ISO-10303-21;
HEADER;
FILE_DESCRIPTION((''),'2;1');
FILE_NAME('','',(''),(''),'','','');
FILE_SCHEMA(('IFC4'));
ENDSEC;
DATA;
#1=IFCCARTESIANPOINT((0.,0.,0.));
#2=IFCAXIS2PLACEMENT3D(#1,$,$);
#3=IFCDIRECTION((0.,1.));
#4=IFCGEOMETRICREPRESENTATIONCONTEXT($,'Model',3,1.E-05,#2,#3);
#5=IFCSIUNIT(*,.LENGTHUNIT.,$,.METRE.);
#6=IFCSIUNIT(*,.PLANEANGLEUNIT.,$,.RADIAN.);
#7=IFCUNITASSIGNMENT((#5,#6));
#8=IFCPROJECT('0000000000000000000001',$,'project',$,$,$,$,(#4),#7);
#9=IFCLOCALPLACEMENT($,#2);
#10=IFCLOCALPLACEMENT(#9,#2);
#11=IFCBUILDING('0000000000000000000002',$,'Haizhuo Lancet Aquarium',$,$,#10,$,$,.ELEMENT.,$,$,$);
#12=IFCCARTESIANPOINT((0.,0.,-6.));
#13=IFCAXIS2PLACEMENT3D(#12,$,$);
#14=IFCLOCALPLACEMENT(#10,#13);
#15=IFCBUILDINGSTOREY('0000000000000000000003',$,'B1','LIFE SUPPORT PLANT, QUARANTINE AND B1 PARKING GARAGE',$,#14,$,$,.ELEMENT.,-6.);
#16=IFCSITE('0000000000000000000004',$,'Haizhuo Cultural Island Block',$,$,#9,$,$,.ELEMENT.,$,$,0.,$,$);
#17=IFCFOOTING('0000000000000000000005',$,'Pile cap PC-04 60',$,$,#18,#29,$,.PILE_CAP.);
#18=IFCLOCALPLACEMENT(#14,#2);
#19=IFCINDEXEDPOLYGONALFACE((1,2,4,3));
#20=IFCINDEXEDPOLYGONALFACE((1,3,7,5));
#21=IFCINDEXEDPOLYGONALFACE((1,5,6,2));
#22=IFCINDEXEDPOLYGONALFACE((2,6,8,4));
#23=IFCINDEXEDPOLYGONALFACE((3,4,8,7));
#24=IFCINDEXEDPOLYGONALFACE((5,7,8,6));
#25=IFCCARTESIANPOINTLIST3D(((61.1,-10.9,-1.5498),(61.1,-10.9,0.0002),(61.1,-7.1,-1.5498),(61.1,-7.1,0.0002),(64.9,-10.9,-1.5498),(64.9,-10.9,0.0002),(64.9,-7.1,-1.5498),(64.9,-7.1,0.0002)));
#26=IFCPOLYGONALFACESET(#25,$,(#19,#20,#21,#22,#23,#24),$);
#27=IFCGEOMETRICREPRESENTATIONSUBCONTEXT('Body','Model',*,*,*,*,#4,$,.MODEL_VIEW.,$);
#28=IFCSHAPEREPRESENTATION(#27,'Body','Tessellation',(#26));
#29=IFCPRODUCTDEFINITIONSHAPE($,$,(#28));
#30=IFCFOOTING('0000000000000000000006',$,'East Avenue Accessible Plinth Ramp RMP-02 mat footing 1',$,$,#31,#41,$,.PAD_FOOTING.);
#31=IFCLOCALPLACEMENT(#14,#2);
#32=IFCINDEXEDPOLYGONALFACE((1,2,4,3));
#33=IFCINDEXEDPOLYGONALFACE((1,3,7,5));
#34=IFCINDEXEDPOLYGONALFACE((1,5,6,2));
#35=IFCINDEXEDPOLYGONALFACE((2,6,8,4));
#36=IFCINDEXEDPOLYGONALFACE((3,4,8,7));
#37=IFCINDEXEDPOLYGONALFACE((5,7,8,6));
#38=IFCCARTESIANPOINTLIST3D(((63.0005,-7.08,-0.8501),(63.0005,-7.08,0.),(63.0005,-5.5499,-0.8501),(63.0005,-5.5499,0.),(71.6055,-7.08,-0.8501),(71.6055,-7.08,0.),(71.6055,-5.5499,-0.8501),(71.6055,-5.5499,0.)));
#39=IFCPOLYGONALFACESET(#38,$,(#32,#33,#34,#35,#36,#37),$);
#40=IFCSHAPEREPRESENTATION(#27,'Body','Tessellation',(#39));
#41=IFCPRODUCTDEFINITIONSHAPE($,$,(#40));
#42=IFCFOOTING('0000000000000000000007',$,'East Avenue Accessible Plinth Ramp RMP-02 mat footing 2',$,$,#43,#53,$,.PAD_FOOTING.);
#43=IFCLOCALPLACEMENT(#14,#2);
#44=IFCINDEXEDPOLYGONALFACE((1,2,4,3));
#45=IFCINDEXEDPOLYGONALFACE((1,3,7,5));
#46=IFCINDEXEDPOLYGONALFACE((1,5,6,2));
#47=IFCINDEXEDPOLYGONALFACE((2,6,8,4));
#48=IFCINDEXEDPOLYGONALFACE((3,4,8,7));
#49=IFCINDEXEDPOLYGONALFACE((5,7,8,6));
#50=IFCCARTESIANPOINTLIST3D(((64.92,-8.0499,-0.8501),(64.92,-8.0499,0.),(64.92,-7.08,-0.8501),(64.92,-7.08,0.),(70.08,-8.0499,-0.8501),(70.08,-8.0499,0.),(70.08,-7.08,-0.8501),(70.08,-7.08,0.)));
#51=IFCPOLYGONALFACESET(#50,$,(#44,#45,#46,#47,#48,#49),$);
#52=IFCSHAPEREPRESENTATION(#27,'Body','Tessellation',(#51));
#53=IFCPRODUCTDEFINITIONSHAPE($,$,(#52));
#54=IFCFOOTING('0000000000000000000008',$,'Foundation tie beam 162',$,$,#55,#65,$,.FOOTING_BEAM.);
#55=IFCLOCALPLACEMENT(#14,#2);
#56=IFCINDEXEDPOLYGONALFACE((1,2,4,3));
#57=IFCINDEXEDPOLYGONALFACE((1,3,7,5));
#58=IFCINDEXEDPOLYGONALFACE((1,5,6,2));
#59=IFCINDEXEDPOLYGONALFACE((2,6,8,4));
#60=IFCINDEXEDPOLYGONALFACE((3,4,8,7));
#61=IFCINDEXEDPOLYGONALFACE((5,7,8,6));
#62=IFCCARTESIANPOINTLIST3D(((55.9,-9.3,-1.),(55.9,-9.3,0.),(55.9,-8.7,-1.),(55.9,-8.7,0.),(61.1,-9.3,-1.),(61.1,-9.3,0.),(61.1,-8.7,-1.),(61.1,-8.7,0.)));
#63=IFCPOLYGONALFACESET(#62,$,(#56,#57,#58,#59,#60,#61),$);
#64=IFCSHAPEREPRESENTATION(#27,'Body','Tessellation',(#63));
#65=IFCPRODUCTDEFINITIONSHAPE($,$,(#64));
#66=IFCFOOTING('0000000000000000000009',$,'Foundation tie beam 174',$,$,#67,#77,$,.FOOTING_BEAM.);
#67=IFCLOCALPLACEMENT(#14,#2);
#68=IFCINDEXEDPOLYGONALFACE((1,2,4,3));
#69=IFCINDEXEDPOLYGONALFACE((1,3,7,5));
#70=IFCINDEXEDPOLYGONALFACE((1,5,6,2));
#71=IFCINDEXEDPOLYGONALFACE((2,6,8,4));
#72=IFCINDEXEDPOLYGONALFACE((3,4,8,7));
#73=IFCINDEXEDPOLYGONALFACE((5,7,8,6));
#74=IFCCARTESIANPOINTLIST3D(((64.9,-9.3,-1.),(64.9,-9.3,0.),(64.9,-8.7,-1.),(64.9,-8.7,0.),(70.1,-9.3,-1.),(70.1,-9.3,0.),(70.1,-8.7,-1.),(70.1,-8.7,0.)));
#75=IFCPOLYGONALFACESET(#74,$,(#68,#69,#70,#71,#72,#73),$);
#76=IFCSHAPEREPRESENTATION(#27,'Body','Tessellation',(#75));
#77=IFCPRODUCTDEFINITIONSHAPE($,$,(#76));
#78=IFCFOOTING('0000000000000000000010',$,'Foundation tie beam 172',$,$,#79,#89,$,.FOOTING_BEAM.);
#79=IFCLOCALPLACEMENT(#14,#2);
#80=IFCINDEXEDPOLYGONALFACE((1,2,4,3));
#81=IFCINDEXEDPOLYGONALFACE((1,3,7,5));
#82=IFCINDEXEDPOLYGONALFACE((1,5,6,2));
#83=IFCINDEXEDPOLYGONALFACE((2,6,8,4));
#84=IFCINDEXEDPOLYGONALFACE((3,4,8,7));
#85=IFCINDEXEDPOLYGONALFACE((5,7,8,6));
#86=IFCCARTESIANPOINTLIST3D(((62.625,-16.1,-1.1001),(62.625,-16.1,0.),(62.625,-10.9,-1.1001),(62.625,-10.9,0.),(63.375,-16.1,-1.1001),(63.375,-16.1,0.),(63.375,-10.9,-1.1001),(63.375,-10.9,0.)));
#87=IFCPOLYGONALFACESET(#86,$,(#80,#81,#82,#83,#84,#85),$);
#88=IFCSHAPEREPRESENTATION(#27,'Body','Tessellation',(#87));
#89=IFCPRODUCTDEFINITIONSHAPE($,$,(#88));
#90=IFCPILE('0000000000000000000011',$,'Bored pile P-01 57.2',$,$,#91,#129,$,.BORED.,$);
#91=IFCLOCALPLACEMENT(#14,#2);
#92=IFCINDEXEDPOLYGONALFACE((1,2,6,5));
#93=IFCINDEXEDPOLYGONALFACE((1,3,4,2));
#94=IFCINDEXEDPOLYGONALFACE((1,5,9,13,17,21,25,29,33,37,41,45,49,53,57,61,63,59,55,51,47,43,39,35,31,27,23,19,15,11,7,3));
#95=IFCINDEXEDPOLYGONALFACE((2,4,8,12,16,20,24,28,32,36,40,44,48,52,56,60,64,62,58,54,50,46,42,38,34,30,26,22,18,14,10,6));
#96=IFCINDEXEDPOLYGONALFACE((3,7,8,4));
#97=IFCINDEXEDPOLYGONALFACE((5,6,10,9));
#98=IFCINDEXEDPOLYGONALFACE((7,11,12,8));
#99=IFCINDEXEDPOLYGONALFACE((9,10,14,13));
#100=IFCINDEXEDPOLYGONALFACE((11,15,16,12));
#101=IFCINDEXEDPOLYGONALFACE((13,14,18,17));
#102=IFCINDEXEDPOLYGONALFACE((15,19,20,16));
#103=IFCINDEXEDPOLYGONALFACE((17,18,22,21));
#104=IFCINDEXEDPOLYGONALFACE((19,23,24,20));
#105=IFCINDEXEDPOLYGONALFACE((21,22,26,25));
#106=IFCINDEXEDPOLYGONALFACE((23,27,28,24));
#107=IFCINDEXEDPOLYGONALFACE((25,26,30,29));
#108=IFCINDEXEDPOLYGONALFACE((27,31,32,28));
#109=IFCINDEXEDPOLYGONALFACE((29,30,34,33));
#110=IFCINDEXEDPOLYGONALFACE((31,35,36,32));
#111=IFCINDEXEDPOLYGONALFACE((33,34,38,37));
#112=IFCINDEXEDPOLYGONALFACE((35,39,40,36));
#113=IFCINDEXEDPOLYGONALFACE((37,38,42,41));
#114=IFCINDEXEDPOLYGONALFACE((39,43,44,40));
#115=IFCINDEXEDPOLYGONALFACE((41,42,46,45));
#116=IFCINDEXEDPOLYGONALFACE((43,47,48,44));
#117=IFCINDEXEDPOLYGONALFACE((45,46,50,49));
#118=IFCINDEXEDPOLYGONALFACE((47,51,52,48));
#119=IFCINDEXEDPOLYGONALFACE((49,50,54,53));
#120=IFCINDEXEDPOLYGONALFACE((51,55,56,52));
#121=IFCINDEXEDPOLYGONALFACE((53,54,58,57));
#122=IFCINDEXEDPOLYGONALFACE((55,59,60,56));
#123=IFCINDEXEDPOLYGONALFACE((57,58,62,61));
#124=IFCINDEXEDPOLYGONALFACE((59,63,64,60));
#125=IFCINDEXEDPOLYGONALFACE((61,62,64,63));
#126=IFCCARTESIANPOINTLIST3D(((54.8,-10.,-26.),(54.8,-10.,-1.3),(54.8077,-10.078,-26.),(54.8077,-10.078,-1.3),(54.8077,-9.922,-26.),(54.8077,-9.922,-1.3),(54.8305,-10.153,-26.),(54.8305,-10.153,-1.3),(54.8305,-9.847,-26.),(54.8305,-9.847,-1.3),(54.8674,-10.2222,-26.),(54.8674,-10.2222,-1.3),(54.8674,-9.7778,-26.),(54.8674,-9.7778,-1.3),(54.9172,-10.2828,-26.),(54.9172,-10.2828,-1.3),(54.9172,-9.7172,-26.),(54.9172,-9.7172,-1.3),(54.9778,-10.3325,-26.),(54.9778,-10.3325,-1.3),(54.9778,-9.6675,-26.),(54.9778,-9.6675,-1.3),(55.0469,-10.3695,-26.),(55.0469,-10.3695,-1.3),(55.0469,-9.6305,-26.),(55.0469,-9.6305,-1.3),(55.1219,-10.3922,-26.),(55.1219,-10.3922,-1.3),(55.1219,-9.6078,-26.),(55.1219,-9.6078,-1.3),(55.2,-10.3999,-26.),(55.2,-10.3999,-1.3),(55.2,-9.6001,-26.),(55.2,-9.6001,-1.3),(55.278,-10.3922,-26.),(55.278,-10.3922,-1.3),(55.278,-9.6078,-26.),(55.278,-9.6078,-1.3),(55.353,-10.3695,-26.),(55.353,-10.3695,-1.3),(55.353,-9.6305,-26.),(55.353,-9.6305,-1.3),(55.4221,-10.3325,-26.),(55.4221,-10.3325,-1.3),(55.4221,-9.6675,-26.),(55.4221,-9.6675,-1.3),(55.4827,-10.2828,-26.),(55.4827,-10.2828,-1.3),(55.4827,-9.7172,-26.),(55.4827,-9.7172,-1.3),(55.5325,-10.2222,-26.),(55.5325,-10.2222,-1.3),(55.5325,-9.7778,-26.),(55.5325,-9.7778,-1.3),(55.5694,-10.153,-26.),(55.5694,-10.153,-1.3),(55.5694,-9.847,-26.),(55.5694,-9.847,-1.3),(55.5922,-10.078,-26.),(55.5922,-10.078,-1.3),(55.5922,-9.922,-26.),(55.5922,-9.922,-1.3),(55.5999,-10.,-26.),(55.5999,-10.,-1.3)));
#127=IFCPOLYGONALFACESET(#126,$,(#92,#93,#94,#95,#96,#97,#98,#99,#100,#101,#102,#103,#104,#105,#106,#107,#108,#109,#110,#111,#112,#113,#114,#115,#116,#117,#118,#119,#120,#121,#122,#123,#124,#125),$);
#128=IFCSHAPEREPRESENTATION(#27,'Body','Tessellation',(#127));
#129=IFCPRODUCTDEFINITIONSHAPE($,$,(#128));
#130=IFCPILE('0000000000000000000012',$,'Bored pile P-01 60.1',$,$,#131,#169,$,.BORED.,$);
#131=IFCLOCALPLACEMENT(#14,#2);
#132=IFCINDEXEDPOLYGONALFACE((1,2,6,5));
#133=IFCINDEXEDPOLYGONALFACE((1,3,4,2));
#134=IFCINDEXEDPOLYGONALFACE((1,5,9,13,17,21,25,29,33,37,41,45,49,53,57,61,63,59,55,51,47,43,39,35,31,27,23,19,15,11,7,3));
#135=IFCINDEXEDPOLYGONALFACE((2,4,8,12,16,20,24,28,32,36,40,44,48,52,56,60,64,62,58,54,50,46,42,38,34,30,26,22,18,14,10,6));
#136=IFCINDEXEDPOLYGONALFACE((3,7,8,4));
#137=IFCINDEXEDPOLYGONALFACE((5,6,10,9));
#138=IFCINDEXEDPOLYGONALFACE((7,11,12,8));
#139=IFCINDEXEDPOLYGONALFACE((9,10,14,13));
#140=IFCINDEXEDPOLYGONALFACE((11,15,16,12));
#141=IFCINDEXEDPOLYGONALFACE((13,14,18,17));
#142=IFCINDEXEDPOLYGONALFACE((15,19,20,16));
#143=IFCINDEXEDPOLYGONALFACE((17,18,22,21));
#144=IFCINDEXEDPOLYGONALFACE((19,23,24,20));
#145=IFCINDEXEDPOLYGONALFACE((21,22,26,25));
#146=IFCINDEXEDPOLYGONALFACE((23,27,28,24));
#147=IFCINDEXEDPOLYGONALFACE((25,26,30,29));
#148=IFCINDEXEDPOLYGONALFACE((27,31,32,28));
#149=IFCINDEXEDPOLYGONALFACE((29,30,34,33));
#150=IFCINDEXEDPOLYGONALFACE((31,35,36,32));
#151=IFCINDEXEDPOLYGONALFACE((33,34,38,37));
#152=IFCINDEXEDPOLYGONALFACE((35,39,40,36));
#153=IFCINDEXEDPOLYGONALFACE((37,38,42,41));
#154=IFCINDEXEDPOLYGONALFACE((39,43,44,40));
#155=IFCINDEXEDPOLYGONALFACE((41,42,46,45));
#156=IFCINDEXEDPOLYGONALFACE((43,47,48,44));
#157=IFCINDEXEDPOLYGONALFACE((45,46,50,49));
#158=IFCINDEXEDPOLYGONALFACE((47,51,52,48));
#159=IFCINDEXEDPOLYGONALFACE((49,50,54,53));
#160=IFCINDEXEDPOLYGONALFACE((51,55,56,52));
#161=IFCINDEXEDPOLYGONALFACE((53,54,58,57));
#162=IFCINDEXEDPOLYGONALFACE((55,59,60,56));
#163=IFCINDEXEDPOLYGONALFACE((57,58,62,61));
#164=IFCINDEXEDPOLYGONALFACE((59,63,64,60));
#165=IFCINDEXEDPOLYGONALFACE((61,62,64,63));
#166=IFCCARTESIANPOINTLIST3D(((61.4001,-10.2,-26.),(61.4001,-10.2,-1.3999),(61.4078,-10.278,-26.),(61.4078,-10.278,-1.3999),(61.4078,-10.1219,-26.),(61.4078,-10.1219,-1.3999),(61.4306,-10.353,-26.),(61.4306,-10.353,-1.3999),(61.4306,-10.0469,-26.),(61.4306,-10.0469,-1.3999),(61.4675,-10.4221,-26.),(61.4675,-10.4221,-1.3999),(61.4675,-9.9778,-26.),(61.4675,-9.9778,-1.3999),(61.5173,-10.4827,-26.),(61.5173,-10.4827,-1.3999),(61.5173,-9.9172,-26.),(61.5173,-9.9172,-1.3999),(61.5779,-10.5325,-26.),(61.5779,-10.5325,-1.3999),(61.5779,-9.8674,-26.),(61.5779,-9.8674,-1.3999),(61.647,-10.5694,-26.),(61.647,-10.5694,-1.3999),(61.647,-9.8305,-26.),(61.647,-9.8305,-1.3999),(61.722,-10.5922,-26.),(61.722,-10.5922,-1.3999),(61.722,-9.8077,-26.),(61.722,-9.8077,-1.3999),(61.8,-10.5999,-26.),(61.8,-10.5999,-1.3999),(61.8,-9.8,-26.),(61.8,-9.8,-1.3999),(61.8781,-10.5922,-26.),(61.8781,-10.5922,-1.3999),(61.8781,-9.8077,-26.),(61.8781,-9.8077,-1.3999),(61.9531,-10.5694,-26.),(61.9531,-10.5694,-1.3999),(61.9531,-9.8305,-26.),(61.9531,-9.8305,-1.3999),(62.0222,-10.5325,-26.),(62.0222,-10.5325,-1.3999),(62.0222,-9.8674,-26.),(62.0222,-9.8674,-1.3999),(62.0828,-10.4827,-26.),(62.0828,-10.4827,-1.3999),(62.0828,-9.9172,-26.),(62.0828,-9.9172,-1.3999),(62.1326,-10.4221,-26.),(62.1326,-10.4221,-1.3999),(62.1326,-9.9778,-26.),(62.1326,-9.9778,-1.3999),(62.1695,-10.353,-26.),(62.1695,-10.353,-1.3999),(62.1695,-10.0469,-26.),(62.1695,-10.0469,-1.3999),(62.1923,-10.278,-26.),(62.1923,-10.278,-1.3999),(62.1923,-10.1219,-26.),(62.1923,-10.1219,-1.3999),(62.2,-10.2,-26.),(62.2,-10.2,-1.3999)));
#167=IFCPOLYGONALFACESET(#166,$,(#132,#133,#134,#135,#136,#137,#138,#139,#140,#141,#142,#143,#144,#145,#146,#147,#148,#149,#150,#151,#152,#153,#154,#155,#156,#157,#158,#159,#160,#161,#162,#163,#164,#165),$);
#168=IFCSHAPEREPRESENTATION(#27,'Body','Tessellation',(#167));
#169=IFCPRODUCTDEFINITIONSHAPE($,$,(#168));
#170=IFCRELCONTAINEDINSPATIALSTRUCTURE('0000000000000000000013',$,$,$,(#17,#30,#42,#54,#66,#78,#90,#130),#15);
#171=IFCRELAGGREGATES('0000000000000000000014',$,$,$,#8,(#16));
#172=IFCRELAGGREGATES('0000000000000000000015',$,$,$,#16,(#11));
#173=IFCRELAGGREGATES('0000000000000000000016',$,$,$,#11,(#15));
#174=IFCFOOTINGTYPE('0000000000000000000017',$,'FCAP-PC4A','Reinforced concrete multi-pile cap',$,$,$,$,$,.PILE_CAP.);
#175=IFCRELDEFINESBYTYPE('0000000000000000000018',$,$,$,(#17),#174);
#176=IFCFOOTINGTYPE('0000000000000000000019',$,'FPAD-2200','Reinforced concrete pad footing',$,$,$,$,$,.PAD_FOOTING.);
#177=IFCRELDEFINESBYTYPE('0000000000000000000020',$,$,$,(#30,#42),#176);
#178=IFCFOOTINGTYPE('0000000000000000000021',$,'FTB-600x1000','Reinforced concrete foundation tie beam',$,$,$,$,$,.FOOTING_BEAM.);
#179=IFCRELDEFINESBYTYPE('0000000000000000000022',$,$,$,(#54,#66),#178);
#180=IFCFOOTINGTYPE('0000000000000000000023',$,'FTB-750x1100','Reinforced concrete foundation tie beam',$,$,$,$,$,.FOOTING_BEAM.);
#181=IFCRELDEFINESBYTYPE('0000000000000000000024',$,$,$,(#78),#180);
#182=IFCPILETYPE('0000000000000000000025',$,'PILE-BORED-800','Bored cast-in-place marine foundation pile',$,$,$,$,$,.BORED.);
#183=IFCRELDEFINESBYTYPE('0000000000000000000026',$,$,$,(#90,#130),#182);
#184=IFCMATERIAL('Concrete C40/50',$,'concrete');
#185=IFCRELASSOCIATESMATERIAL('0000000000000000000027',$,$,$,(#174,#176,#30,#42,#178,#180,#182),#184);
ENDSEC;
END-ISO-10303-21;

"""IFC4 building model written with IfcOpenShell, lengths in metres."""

from ifc_helpers import new_model, si_unit, direction, frame, origin, origin_2d, place, context, subcontext, project, spatial, rectangle, circle, extrude, material, material_profile, profile_set, type_object, element, save


model = new_model("IFC4")

# Units and contexts
model_context = context("Model", 3, precision=1e-05, world=origin(), true_north=direction((0.0, 1.0)))
body_context = subcontext(model_context, "Body", "Model", "MODEL_VIEW")
ifc_project = project(units=[si_unit("LENGTHUNIT", "METRE"), si_unit("PLANEANGLEUNIT", "RADIAN")], contexts=[model_context])

# Site, building, storey
site_placement = place(None, origin())
site = spatial("IfcSite", under=ifc_project, at=site_placement, Name="Haizhuo Cultural Island Block", CompositionType="ELEMENT", RefElevation=0.0)
building_placement = place(site_placement, origin())
building = spatial("IfcBuilding", under=site, at=building_placement, Name="Haizhuo Lancet Aquarium", CompositionType="ELEMENT")
storey_placement = place(building_placement, frame((0.0, 0.0, -6.0)))
storey = spatial("IfcBuildingStorey", under=building, at=storey_placement, Name="B1", Description="LIFE SUPPORT PLANT, QUARANTINE AND B1 PARKING GARAGE", CompositionType="ELEMENT", Elevation=-6.0)

# Footings
ifc_material_1 = material(Name="Concrete C40/50", Category="concrete")
footing_type_1 = type_object("IfcFootingType", Name="FCAP-PC4A", Description="Reinforced concrete multi-pile cap", PredefinedType="PILE_CAP", material=ifc_material_1)
footing_1_placement = place(storey_placement, frame((63.0, -9.0, -1.5498), z_axis=(0.0, 0.0, 1.0), x_axis=(1.0, 0.0, 0.0)))
element("IfcFooting", 1, at=footing_1_placement, inside=storey, type_object=footing_type_1, Name="Pile cap PC-04 60", PredefinedType="PILE_CAP", context=body_context, shape_type="SweptSolid", body=[
    extrude(rectangle(XDim=3.8, YDim=3.8, at=origin_2d()), origin(), (0.0, 0.0, 1.0), 1.55),
])
footing_type_2 = type_object("IfcFootingType", Name="FPAD-2200", Description="Reinforced concrete pad footing", PredefinedType="PAD_FOOTING", material=ifc_material_1)
footing_2_placement = place(storey_placement, frame((67.303, -6.3149, -0.8501), z_axis=(0.0, 0.0, 1.0), x_axis=(1.0, 0.0, 0.0)))
element("IfcFooting", 2, at=footing_2_placement, inside=storey, type_object=footing_type_2, material=ifc_material_1, Name="East Avenue Accessible Plinth Ramp RMP-02 mat footing 1", PredefinedType="PAD_FOOTING", context=body_context, shape_type="SweptSolid", body=[
    extrude(rectangle(XDim=8.605, YDim=1.53, at=origin_2d()), origin(), (0.0, 0.0, 1.0), 0.8501),
])
footing_3_placement = place(storey_placement, frame((67.5, -7.5649, -0.8501), z_axis=(0.0, 0.0, 1.0), x_axis=(1.0, 0.0, 0.0)))
element("IfcFooting", 3, at=footing_3_placement, inside=storey, type_object=footing_type_2, material=ifc_material_1, Name="East Avenue Accessible Plinth Ramp RMP-02 mat footing 2", PredefinedType="PAD_FOOTING", context=body_context, shape_type="SweptSolid", body=[
    extrude(rectangle(XDim=5.1599, YDim=0.97, at=origin_2d()), origin(), (0.0, 0.0, 1.0), 0.8501),
])
footing_type_3 = type_object("IfcFootingType", Name="FTB-600x1000", Description="Reinforced concrete foundation tie beam", PredefinedType="FOOTING_BEAM", material=ifc_material_1)
for number, where, z_axis, x_axis, name in (
    (4, (58.5, -9.0, -1.0), (0.0, 0.0, 1.0), (1.0, 0.0, 0.0), "Foundation tie beam 162"),
    (5, (67.5, -9.0, -1.0), (0.0, 0.0, 1.0), (1.0, 0.0, 0.0), "Foundation tie beam 174"),
):
    element("IfcFooting", number, at=place(storey_placement, frame(where, z_axis=z_axis, x_axis=x_axis)), inside=storey, type_object=footing_type_3, Name=name, PredefinedType="FOOTING_BEAM", context=body_context, shape_type="SweptSolid", body=[
        extrude(rectangle(XDim=5.2, YDim=0.6001, at=origin_2d()), origin(), (0.0, 0.0, 1.0), 1.0),
    ])
footing_type_4 = type_object("IfcFootingType", Name="FTB-750x1100", Description="Reinforced concrete foundation tie beam", PredefinedType="FOOTING_BEAM", material=ifc_material_1)
footing_4_placement = place(storey_placement, frame((63.0, -13.5, -1.1001), z_axis=(0.0, 0.0, 1.0), x_axis=(0.0, 1.0, 0.0)))
element("IfcFooting", 6, at=footing_4_placement, inside=storey, type_object=footing_type_4, Name="Foundation tie beam 172", PredefinedType="FOOTING_BEAM", context=body_context, shape_type="SweptSolid", body=[
    extrude(rectangle(XDim=5.2, YDim=0.75, at=origin_2d()), origin(), (0.0, 0.0, 1.0), 1.1001),
])

# Piles
ifc_material_profile_1 = material_profile(ifc_material_1, circle(Radius=0.3999, at=origin_2d()), Name="PILE-800")
ifc_profile_set_1 = profile_set([ifc_material_profile_1], Name="Concrete C40/50")
pile_type = type_object("IfcPileType", Name="PILE-BORED-800", Description="Bored cast-in-place marine foundation pile", PredefinedType="BORED", material=ifc_profile_set_1)
pile_1_placement = place(storey_placement, frame((55.2, -10.0, -1.3), z_axis=(0.0, 0.0, -1.0), x_axis=(1.0, 0.0, 0.0)))
element("IfcPile", 7, at=pile_1_placement, inside=storey, type_object=pile_type, Name="Bored pile P-01 57.2", PredefinedType="BORED", context=body_context, shape_type="SweptSolid", body=[
    extrude(circle(Radius=0.3999, at=origin_2d()), origin(), (0.0, 0.0, 1.0), 24.7),
])
for number, where, z_axis, x_axis, name in (
    (8, (61.8, -10.2, -1.3999), (0.0, 0.0, -1.0), (1.0, 0.0, 0.0), "Bored pile P-01 60.1"),
):
    element("IfcPile", number, at=place(storey_placement, frame(where, z_axis=z_axis, x_axis=x_axis)), inside=storey, type_object=pile_type, Name=name, PredefinedType="BORED", context=body_context, shape_type="SweptSolid", body=[
        extrude(circle(Radius=0.3999, at=origin_2d()), origin(), (0.0, 0.0, 1.0), 24.6001),
    ])

save(model, "model.ifc")
